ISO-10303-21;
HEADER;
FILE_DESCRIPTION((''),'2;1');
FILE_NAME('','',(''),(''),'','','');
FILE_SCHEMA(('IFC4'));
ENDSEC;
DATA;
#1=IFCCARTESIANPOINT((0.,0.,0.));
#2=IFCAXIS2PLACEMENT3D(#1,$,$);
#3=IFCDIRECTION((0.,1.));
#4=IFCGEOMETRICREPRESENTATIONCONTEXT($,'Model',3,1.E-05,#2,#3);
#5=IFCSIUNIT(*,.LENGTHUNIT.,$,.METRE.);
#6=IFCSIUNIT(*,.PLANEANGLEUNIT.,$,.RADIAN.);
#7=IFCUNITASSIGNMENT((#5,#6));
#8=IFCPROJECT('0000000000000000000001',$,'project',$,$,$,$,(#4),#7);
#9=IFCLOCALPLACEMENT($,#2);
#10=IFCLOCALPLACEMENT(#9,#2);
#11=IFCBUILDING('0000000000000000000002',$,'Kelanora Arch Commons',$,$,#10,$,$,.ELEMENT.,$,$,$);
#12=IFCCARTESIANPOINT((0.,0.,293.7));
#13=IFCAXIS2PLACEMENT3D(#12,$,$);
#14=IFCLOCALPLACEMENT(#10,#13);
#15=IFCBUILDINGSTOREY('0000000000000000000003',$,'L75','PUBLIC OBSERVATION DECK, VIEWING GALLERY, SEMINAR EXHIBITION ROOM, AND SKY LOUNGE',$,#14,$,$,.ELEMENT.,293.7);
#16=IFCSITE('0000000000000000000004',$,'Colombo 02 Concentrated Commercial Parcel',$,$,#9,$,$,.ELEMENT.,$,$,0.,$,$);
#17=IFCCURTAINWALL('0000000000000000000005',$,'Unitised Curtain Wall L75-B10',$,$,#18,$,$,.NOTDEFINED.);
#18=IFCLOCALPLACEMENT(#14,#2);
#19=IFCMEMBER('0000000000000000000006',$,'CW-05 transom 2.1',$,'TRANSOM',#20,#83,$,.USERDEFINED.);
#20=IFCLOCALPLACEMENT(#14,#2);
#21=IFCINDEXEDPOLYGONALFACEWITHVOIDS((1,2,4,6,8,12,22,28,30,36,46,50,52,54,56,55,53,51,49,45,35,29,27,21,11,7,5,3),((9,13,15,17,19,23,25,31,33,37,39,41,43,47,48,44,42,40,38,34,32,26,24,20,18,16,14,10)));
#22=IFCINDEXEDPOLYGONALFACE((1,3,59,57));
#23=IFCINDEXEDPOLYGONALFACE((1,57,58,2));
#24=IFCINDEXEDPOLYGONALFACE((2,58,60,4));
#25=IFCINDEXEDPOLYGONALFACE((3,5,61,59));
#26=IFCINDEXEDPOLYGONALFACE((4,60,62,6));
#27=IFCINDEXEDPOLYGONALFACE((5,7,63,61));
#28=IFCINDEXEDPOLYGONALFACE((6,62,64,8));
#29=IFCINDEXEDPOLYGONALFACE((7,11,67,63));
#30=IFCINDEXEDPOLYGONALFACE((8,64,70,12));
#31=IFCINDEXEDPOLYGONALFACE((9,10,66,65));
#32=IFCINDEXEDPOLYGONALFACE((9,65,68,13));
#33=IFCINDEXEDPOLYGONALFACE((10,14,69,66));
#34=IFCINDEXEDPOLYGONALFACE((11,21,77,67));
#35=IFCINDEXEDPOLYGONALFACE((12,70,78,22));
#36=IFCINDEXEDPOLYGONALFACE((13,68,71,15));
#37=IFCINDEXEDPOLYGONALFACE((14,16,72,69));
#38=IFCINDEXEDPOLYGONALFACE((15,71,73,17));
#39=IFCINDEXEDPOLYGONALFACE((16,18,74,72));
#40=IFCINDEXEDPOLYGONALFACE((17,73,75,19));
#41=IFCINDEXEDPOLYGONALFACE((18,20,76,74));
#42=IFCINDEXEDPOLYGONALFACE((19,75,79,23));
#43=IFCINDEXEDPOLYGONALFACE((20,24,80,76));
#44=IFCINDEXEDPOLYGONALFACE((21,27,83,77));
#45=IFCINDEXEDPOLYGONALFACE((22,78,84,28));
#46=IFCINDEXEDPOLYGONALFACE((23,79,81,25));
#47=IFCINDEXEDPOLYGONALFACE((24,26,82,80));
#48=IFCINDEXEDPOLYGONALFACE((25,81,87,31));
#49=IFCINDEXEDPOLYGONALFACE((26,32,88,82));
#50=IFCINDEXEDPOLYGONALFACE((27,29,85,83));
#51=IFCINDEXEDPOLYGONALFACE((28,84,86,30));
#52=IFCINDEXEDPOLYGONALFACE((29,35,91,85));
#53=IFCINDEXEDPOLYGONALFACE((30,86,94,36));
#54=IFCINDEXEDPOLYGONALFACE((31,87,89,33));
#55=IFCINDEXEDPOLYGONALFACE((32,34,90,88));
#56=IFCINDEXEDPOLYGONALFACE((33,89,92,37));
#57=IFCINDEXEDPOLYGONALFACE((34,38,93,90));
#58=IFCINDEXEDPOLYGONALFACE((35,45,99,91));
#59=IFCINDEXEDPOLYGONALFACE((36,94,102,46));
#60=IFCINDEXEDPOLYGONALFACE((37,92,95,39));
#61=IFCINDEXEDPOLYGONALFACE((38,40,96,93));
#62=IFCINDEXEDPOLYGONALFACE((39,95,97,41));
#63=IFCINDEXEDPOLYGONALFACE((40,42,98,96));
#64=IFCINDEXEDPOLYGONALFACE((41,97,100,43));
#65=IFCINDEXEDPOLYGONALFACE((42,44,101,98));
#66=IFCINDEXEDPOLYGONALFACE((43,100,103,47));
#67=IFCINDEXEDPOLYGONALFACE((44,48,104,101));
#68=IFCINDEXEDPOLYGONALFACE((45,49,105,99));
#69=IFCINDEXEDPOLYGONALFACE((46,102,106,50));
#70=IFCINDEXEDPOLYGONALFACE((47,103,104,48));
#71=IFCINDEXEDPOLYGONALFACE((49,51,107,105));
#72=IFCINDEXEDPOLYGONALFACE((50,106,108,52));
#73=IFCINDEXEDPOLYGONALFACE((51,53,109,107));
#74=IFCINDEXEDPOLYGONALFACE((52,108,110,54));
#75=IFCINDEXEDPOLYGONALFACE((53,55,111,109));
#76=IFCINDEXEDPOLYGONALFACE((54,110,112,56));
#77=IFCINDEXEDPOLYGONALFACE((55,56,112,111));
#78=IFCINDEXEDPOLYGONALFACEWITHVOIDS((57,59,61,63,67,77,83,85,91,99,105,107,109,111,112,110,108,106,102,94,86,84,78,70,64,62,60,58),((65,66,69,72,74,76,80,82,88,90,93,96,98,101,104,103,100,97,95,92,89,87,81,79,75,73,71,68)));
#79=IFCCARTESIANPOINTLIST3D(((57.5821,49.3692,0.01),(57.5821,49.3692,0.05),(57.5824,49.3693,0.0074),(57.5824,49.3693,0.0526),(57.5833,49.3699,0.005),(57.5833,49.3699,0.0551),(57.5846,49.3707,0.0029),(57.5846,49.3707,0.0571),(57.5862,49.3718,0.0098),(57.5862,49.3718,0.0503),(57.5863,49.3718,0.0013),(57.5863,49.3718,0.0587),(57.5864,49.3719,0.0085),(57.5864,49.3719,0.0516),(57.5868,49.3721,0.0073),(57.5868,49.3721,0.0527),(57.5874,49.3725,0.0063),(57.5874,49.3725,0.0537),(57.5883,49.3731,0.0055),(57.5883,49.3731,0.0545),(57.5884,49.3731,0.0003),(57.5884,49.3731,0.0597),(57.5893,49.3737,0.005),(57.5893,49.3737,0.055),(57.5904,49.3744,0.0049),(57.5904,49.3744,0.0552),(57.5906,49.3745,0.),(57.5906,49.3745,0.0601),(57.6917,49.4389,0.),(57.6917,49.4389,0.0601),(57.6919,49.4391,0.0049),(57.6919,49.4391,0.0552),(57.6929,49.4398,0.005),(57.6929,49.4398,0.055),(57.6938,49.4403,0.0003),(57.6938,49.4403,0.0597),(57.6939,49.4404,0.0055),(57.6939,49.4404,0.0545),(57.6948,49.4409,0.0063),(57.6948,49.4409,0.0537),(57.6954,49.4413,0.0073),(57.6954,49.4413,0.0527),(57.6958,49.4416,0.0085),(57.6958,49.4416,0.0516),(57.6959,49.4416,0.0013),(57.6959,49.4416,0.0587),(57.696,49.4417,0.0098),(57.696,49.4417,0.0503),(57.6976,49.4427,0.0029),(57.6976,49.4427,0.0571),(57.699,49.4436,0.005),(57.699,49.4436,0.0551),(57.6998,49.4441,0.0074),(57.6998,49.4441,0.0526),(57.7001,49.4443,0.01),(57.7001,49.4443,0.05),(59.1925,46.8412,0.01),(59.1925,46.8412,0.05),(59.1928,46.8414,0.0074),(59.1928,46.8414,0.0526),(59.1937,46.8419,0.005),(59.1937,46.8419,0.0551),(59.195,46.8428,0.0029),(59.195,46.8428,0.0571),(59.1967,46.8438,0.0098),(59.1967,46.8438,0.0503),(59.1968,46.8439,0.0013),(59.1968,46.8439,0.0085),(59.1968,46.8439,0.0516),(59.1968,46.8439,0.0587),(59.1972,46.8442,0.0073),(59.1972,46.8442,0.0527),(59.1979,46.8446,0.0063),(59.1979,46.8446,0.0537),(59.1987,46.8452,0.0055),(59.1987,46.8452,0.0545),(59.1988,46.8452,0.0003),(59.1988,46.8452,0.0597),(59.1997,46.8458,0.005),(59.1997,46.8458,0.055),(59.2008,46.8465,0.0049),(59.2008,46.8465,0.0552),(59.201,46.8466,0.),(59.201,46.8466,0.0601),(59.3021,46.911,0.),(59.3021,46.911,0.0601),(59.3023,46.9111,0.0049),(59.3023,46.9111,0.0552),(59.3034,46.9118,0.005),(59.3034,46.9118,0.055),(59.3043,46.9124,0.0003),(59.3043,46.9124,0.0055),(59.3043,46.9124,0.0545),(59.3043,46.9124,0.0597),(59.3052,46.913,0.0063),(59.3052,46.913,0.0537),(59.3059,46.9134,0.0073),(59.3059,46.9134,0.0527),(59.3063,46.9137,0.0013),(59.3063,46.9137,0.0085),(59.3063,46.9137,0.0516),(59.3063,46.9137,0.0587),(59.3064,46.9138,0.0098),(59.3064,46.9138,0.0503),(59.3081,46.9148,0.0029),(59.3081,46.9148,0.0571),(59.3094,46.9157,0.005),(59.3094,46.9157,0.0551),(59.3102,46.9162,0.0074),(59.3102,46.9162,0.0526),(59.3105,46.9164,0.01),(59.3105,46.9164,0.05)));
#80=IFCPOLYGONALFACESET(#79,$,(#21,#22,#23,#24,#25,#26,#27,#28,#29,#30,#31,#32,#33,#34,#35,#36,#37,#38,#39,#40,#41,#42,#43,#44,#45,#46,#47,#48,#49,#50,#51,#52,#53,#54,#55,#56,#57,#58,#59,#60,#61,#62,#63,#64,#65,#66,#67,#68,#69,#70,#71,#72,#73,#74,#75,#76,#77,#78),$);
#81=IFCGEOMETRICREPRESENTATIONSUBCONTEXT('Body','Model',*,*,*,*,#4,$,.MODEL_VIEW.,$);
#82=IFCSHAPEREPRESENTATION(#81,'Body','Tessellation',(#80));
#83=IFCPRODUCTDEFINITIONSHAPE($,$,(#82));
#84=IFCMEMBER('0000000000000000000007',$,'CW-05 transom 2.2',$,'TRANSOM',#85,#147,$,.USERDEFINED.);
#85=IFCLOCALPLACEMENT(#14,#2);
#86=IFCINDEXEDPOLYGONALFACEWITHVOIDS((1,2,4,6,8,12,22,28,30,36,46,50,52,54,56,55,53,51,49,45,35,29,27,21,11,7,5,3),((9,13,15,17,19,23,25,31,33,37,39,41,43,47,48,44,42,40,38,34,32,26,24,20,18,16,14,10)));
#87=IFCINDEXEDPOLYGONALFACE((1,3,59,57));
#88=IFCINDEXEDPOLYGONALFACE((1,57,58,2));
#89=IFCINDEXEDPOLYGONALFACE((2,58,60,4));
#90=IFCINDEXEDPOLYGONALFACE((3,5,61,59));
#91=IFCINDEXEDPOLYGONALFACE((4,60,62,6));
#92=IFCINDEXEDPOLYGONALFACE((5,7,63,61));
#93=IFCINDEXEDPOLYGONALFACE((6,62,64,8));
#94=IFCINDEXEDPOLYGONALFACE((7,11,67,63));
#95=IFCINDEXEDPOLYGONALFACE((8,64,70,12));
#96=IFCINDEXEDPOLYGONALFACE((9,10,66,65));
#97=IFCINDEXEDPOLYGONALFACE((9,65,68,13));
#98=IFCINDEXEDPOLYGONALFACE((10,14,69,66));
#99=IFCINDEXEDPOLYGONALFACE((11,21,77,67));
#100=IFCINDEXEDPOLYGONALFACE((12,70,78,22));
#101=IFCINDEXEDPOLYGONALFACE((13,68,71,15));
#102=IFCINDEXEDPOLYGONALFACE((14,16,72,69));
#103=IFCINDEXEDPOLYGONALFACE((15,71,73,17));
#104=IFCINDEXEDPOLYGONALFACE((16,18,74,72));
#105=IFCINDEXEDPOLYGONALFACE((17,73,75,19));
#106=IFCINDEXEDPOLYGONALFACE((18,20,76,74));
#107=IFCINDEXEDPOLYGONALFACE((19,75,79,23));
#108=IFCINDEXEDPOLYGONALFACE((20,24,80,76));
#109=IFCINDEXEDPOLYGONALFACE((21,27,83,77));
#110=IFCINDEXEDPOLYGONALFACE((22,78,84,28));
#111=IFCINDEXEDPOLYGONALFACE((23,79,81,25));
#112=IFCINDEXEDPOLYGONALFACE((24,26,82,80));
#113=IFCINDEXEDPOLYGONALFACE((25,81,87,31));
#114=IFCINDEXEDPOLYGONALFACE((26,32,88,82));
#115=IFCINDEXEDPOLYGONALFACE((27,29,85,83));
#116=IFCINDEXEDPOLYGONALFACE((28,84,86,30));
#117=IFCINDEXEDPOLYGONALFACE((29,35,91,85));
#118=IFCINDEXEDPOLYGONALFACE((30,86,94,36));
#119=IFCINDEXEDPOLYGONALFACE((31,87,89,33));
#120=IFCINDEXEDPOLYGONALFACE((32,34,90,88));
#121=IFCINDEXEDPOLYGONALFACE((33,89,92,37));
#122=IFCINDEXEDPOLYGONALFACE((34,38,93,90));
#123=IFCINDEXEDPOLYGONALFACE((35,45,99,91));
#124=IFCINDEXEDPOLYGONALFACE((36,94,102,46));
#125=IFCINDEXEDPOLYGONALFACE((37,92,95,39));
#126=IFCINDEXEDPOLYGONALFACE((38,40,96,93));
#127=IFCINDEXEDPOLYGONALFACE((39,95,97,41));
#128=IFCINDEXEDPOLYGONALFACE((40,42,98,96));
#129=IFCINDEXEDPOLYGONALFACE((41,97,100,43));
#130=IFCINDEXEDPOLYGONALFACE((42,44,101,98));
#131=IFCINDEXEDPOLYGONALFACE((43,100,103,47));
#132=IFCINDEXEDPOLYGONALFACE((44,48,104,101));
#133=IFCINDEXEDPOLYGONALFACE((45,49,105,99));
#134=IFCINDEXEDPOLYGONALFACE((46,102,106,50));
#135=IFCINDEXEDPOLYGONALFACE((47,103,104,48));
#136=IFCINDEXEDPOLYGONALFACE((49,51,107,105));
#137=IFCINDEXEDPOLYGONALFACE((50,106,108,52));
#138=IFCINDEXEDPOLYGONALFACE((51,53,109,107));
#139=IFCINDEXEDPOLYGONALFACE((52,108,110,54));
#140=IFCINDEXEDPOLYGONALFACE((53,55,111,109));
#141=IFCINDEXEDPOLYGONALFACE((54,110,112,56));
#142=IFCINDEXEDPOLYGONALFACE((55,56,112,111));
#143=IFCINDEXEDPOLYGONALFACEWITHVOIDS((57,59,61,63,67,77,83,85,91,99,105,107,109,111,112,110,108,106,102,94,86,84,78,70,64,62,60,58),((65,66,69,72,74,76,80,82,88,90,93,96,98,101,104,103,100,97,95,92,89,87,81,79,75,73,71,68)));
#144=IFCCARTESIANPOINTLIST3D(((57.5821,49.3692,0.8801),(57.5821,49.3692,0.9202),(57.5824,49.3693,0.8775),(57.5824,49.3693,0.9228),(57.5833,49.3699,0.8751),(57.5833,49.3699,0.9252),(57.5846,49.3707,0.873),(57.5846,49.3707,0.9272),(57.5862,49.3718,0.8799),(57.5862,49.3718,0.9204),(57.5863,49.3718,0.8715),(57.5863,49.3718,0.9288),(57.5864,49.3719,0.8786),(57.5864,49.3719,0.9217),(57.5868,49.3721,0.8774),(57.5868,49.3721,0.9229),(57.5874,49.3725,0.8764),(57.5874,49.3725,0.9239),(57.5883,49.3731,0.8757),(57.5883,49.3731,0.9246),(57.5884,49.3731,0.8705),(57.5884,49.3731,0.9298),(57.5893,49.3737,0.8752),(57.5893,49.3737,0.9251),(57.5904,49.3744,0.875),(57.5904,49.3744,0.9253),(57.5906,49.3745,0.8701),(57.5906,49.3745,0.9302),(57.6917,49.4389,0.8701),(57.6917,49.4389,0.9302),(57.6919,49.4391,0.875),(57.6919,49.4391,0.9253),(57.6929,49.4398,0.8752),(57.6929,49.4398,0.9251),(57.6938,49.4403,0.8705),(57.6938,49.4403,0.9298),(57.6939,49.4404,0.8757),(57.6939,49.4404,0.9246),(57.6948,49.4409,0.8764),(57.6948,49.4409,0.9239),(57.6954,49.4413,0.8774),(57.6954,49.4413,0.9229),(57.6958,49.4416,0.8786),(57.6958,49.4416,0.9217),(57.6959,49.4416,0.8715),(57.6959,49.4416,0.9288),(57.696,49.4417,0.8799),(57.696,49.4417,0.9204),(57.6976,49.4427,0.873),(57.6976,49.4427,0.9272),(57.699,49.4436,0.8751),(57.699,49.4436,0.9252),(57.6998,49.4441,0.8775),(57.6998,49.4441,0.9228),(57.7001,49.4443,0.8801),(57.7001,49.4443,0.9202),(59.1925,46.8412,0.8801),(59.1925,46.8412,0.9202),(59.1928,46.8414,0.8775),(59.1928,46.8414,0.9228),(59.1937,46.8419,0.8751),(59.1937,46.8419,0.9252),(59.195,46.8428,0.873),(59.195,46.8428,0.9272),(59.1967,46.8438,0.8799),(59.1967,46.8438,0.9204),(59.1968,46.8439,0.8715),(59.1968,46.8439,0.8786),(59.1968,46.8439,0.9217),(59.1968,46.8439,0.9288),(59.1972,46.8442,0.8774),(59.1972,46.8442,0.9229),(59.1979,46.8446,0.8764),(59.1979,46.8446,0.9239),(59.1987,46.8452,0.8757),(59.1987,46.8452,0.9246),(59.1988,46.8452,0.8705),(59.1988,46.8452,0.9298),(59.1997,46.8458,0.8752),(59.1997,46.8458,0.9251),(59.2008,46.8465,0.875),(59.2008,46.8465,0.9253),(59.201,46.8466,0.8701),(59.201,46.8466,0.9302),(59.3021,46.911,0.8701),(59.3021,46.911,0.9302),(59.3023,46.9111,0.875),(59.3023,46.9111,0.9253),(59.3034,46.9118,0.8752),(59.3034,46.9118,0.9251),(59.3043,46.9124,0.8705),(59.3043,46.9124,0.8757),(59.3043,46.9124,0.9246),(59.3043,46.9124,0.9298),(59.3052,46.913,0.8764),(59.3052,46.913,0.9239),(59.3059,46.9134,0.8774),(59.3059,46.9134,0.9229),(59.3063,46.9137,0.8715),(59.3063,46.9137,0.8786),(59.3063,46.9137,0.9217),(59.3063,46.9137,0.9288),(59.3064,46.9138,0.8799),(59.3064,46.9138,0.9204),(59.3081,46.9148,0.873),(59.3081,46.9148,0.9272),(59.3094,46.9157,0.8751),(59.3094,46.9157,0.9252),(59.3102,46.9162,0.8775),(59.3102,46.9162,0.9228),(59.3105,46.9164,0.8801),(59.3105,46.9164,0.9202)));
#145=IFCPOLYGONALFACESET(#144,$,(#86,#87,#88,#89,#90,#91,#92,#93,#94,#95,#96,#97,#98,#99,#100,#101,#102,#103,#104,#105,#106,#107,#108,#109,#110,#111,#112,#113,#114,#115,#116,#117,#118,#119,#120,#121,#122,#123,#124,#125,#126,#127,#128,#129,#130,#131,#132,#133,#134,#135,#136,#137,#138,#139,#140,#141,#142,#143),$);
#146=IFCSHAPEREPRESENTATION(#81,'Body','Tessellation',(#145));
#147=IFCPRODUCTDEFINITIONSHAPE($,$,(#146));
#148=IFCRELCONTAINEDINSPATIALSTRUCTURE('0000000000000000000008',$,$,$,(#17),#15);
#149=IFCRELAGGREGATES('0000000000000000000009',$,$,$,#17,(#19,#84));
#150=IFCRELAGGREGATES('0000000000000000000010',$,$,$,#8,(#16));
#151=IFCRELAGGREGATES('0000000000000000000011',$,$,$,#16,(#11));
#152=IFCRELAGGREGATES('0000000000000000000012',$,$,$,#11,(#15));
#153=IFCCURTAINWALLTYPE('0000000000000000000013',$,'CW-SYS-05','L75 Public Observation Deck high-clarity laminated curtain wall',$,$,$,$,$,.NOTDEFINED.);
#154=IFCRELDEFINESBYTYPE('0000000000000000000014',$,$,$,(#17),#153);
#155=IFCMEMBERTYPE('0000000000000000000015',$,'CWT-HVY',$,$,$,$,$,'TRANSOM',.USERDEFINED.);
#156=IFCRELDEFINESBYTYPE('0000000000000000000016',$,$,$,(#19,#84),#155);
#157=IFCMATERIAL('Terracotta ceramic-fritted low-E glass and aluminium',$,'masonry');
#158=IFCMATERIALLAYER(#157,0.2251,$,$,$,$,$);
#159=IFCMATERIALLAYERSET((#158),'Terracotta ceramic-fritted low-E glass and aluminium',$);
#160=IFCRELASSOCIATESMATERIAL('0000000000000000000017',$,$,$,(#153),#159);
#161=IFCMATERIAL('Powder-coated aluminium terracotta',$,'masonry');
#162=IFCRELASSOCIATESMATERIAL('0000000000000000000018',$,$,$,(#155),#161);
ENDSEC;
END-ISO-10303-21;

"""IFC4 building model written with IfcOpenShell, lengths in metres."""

from ifc_helpers import new_model, si_unit, direction, frame, origin, origin_2d, place, context, subcontext, project, spatial, hollow_rectangle, extrude, material, layer, layer_set, material_profile, profile_set, type_object, element, aggregate, save


model = new_model("IFC4")

# Units and contexts
model_context = context("Model", 3, precision=1e-05, world=origin(), true_north=direction((0.0, 1.0)))
body_context = subcontext(model_context, "Body", "Model", "MODEL_VIEW")
ifc_project = project(units=[si_unit("LENGTHUNIT", "METRE"), si_unit("PLANEANGLEUNIT", "RADIAN")], contexts=[model_context])

# Site, building, storey
site_placement = place(None, origin())
site = spatial("IfcSite", under=ifc_project, at=site_placement, Name="Colombo 02 Concentrated Commercial Parcel", CompositionType="ELEMENT", RefElevation=0.0)
building_placement = place(site_placement, origin())
building = spatial("IfcBuilding", under=site, at=building_placement, Name="Kelanora Arch Commons", CompositionType="ELEMENT")
storey_placement = place(building_placement, frame((0.0, 0.0, 293.7)))
storey = spatial("IfcBuildingStorey", under=building, at=storey_placement, Name="L75", Description="PUBLIC OBSERVATION DECK, VIEWING GALLERY, SEMINAR EXHIBITION ROOM, AND SKY LOUNGE", CompositionType="ELEMENT", Elevation=293.7)

# Curtain wall, members
ifc_material_1 = material(Name="Terracotta ceramic-fritted low-E glass and aluminium", Category="masonry")
ifc_layer_1 = layer(ifc_material_1, 0.2251)
ifc_layer_set_1 = layer_set([ifc_layer_1], Name="Terracotta ceramic-fritted low-E glass and aluminium")
curtain_wall_type = type_object("IfcCurtainWallType", Name="CW-SYS-05", Description="L75 Public Observation Deck high-clarity laminated curtain wall", PredefinedType="NOTDEFINED", material=ifc_layer_set_1)
curtain_wall_placement = place(storey_placement, origin())
curtain_wall = element("IfcCurtainWall", 1, at=curtain_wall_placement, inside=storey, type_object=curtain_wall_type, Name="Unitised Curtain Wall L75-B10", PredefinedType="NOTDEFINED")
ifc_material_2 = material(Name="Powder-coated aluminium terracotta", Category="masonry")
ifc_material_profile_1 = material_profile(ifc_material_2, hollow_rectangle(XDim=0.1399, YDim=0.0601, WallThickness=0.0049, InnerFilletRadius=0.0049, OuterFilletRadius=0.01, at=origin_2d()), Name="CWT140x60")
ifc_profile_set_1 = profile_set([ifc_material_profile_1], Name="Powder-coated aluminium terracotta")
member_type_1 = type_object("IfcMemberType", Name="CWT-HVY", ElementType="TRANSOM", PredefinedType="USERDEFINED", material=ifc_profile_set_1)
member_1_placement = place(storey_placement, frame((57.6411, 49.4067, 0.03), z_axis=(0.537287, -0.8434, 0.0), x_axis=(0.8434, 0.537287, 0.0)))
member_1 = element("IfcMember", 2, at=member_1_placement, type_object=member_type_1, Name="CW-05 transom 2.1", ObjectType="TRANSOM", PredefinedType="USERDEFINED", context=body_context, shape_type="SweptSolid", body=[
    extrude(hollow_rectangle(XDim=0.1399, YDim=0.0601, WallThickness=0.0049, InnerFilletRadius=0.0049, OuterFilletRadius=0.01, at=origin_2d()), origin(), (0.0, 0.0, 1.0), 2.9973),
])
member_2_placement = place(storey_placement, frame((57.6411, 49.4067, 0.9001), z_axis=(0.537287, -0.8434, 0.0), x_axis=(0.8434, 0.537287, 0.0)))
member_2 = element("IfcMember", 3, at=member_2_placement, type_object=member_type_1, Name="CW-05 transom 2.2", ObjectType="TRANSOM", PredefinedType="USERDEFINED", context=body_context, shape_type="SweptSolid", body=[
    extrude(hollow_rectangle(XDim=0.1399, YDim=0.0601, WallThickness=0.0049, InnerFilletRadius=0.0049, OuterFilletRadius=0.01, at=origin_2d()), origin(), (0.0, 0.0, 1.0), 2.9973),
])
aggregate(curtain_wall, [member_1, member_2])

save(model, "model.ifc")
